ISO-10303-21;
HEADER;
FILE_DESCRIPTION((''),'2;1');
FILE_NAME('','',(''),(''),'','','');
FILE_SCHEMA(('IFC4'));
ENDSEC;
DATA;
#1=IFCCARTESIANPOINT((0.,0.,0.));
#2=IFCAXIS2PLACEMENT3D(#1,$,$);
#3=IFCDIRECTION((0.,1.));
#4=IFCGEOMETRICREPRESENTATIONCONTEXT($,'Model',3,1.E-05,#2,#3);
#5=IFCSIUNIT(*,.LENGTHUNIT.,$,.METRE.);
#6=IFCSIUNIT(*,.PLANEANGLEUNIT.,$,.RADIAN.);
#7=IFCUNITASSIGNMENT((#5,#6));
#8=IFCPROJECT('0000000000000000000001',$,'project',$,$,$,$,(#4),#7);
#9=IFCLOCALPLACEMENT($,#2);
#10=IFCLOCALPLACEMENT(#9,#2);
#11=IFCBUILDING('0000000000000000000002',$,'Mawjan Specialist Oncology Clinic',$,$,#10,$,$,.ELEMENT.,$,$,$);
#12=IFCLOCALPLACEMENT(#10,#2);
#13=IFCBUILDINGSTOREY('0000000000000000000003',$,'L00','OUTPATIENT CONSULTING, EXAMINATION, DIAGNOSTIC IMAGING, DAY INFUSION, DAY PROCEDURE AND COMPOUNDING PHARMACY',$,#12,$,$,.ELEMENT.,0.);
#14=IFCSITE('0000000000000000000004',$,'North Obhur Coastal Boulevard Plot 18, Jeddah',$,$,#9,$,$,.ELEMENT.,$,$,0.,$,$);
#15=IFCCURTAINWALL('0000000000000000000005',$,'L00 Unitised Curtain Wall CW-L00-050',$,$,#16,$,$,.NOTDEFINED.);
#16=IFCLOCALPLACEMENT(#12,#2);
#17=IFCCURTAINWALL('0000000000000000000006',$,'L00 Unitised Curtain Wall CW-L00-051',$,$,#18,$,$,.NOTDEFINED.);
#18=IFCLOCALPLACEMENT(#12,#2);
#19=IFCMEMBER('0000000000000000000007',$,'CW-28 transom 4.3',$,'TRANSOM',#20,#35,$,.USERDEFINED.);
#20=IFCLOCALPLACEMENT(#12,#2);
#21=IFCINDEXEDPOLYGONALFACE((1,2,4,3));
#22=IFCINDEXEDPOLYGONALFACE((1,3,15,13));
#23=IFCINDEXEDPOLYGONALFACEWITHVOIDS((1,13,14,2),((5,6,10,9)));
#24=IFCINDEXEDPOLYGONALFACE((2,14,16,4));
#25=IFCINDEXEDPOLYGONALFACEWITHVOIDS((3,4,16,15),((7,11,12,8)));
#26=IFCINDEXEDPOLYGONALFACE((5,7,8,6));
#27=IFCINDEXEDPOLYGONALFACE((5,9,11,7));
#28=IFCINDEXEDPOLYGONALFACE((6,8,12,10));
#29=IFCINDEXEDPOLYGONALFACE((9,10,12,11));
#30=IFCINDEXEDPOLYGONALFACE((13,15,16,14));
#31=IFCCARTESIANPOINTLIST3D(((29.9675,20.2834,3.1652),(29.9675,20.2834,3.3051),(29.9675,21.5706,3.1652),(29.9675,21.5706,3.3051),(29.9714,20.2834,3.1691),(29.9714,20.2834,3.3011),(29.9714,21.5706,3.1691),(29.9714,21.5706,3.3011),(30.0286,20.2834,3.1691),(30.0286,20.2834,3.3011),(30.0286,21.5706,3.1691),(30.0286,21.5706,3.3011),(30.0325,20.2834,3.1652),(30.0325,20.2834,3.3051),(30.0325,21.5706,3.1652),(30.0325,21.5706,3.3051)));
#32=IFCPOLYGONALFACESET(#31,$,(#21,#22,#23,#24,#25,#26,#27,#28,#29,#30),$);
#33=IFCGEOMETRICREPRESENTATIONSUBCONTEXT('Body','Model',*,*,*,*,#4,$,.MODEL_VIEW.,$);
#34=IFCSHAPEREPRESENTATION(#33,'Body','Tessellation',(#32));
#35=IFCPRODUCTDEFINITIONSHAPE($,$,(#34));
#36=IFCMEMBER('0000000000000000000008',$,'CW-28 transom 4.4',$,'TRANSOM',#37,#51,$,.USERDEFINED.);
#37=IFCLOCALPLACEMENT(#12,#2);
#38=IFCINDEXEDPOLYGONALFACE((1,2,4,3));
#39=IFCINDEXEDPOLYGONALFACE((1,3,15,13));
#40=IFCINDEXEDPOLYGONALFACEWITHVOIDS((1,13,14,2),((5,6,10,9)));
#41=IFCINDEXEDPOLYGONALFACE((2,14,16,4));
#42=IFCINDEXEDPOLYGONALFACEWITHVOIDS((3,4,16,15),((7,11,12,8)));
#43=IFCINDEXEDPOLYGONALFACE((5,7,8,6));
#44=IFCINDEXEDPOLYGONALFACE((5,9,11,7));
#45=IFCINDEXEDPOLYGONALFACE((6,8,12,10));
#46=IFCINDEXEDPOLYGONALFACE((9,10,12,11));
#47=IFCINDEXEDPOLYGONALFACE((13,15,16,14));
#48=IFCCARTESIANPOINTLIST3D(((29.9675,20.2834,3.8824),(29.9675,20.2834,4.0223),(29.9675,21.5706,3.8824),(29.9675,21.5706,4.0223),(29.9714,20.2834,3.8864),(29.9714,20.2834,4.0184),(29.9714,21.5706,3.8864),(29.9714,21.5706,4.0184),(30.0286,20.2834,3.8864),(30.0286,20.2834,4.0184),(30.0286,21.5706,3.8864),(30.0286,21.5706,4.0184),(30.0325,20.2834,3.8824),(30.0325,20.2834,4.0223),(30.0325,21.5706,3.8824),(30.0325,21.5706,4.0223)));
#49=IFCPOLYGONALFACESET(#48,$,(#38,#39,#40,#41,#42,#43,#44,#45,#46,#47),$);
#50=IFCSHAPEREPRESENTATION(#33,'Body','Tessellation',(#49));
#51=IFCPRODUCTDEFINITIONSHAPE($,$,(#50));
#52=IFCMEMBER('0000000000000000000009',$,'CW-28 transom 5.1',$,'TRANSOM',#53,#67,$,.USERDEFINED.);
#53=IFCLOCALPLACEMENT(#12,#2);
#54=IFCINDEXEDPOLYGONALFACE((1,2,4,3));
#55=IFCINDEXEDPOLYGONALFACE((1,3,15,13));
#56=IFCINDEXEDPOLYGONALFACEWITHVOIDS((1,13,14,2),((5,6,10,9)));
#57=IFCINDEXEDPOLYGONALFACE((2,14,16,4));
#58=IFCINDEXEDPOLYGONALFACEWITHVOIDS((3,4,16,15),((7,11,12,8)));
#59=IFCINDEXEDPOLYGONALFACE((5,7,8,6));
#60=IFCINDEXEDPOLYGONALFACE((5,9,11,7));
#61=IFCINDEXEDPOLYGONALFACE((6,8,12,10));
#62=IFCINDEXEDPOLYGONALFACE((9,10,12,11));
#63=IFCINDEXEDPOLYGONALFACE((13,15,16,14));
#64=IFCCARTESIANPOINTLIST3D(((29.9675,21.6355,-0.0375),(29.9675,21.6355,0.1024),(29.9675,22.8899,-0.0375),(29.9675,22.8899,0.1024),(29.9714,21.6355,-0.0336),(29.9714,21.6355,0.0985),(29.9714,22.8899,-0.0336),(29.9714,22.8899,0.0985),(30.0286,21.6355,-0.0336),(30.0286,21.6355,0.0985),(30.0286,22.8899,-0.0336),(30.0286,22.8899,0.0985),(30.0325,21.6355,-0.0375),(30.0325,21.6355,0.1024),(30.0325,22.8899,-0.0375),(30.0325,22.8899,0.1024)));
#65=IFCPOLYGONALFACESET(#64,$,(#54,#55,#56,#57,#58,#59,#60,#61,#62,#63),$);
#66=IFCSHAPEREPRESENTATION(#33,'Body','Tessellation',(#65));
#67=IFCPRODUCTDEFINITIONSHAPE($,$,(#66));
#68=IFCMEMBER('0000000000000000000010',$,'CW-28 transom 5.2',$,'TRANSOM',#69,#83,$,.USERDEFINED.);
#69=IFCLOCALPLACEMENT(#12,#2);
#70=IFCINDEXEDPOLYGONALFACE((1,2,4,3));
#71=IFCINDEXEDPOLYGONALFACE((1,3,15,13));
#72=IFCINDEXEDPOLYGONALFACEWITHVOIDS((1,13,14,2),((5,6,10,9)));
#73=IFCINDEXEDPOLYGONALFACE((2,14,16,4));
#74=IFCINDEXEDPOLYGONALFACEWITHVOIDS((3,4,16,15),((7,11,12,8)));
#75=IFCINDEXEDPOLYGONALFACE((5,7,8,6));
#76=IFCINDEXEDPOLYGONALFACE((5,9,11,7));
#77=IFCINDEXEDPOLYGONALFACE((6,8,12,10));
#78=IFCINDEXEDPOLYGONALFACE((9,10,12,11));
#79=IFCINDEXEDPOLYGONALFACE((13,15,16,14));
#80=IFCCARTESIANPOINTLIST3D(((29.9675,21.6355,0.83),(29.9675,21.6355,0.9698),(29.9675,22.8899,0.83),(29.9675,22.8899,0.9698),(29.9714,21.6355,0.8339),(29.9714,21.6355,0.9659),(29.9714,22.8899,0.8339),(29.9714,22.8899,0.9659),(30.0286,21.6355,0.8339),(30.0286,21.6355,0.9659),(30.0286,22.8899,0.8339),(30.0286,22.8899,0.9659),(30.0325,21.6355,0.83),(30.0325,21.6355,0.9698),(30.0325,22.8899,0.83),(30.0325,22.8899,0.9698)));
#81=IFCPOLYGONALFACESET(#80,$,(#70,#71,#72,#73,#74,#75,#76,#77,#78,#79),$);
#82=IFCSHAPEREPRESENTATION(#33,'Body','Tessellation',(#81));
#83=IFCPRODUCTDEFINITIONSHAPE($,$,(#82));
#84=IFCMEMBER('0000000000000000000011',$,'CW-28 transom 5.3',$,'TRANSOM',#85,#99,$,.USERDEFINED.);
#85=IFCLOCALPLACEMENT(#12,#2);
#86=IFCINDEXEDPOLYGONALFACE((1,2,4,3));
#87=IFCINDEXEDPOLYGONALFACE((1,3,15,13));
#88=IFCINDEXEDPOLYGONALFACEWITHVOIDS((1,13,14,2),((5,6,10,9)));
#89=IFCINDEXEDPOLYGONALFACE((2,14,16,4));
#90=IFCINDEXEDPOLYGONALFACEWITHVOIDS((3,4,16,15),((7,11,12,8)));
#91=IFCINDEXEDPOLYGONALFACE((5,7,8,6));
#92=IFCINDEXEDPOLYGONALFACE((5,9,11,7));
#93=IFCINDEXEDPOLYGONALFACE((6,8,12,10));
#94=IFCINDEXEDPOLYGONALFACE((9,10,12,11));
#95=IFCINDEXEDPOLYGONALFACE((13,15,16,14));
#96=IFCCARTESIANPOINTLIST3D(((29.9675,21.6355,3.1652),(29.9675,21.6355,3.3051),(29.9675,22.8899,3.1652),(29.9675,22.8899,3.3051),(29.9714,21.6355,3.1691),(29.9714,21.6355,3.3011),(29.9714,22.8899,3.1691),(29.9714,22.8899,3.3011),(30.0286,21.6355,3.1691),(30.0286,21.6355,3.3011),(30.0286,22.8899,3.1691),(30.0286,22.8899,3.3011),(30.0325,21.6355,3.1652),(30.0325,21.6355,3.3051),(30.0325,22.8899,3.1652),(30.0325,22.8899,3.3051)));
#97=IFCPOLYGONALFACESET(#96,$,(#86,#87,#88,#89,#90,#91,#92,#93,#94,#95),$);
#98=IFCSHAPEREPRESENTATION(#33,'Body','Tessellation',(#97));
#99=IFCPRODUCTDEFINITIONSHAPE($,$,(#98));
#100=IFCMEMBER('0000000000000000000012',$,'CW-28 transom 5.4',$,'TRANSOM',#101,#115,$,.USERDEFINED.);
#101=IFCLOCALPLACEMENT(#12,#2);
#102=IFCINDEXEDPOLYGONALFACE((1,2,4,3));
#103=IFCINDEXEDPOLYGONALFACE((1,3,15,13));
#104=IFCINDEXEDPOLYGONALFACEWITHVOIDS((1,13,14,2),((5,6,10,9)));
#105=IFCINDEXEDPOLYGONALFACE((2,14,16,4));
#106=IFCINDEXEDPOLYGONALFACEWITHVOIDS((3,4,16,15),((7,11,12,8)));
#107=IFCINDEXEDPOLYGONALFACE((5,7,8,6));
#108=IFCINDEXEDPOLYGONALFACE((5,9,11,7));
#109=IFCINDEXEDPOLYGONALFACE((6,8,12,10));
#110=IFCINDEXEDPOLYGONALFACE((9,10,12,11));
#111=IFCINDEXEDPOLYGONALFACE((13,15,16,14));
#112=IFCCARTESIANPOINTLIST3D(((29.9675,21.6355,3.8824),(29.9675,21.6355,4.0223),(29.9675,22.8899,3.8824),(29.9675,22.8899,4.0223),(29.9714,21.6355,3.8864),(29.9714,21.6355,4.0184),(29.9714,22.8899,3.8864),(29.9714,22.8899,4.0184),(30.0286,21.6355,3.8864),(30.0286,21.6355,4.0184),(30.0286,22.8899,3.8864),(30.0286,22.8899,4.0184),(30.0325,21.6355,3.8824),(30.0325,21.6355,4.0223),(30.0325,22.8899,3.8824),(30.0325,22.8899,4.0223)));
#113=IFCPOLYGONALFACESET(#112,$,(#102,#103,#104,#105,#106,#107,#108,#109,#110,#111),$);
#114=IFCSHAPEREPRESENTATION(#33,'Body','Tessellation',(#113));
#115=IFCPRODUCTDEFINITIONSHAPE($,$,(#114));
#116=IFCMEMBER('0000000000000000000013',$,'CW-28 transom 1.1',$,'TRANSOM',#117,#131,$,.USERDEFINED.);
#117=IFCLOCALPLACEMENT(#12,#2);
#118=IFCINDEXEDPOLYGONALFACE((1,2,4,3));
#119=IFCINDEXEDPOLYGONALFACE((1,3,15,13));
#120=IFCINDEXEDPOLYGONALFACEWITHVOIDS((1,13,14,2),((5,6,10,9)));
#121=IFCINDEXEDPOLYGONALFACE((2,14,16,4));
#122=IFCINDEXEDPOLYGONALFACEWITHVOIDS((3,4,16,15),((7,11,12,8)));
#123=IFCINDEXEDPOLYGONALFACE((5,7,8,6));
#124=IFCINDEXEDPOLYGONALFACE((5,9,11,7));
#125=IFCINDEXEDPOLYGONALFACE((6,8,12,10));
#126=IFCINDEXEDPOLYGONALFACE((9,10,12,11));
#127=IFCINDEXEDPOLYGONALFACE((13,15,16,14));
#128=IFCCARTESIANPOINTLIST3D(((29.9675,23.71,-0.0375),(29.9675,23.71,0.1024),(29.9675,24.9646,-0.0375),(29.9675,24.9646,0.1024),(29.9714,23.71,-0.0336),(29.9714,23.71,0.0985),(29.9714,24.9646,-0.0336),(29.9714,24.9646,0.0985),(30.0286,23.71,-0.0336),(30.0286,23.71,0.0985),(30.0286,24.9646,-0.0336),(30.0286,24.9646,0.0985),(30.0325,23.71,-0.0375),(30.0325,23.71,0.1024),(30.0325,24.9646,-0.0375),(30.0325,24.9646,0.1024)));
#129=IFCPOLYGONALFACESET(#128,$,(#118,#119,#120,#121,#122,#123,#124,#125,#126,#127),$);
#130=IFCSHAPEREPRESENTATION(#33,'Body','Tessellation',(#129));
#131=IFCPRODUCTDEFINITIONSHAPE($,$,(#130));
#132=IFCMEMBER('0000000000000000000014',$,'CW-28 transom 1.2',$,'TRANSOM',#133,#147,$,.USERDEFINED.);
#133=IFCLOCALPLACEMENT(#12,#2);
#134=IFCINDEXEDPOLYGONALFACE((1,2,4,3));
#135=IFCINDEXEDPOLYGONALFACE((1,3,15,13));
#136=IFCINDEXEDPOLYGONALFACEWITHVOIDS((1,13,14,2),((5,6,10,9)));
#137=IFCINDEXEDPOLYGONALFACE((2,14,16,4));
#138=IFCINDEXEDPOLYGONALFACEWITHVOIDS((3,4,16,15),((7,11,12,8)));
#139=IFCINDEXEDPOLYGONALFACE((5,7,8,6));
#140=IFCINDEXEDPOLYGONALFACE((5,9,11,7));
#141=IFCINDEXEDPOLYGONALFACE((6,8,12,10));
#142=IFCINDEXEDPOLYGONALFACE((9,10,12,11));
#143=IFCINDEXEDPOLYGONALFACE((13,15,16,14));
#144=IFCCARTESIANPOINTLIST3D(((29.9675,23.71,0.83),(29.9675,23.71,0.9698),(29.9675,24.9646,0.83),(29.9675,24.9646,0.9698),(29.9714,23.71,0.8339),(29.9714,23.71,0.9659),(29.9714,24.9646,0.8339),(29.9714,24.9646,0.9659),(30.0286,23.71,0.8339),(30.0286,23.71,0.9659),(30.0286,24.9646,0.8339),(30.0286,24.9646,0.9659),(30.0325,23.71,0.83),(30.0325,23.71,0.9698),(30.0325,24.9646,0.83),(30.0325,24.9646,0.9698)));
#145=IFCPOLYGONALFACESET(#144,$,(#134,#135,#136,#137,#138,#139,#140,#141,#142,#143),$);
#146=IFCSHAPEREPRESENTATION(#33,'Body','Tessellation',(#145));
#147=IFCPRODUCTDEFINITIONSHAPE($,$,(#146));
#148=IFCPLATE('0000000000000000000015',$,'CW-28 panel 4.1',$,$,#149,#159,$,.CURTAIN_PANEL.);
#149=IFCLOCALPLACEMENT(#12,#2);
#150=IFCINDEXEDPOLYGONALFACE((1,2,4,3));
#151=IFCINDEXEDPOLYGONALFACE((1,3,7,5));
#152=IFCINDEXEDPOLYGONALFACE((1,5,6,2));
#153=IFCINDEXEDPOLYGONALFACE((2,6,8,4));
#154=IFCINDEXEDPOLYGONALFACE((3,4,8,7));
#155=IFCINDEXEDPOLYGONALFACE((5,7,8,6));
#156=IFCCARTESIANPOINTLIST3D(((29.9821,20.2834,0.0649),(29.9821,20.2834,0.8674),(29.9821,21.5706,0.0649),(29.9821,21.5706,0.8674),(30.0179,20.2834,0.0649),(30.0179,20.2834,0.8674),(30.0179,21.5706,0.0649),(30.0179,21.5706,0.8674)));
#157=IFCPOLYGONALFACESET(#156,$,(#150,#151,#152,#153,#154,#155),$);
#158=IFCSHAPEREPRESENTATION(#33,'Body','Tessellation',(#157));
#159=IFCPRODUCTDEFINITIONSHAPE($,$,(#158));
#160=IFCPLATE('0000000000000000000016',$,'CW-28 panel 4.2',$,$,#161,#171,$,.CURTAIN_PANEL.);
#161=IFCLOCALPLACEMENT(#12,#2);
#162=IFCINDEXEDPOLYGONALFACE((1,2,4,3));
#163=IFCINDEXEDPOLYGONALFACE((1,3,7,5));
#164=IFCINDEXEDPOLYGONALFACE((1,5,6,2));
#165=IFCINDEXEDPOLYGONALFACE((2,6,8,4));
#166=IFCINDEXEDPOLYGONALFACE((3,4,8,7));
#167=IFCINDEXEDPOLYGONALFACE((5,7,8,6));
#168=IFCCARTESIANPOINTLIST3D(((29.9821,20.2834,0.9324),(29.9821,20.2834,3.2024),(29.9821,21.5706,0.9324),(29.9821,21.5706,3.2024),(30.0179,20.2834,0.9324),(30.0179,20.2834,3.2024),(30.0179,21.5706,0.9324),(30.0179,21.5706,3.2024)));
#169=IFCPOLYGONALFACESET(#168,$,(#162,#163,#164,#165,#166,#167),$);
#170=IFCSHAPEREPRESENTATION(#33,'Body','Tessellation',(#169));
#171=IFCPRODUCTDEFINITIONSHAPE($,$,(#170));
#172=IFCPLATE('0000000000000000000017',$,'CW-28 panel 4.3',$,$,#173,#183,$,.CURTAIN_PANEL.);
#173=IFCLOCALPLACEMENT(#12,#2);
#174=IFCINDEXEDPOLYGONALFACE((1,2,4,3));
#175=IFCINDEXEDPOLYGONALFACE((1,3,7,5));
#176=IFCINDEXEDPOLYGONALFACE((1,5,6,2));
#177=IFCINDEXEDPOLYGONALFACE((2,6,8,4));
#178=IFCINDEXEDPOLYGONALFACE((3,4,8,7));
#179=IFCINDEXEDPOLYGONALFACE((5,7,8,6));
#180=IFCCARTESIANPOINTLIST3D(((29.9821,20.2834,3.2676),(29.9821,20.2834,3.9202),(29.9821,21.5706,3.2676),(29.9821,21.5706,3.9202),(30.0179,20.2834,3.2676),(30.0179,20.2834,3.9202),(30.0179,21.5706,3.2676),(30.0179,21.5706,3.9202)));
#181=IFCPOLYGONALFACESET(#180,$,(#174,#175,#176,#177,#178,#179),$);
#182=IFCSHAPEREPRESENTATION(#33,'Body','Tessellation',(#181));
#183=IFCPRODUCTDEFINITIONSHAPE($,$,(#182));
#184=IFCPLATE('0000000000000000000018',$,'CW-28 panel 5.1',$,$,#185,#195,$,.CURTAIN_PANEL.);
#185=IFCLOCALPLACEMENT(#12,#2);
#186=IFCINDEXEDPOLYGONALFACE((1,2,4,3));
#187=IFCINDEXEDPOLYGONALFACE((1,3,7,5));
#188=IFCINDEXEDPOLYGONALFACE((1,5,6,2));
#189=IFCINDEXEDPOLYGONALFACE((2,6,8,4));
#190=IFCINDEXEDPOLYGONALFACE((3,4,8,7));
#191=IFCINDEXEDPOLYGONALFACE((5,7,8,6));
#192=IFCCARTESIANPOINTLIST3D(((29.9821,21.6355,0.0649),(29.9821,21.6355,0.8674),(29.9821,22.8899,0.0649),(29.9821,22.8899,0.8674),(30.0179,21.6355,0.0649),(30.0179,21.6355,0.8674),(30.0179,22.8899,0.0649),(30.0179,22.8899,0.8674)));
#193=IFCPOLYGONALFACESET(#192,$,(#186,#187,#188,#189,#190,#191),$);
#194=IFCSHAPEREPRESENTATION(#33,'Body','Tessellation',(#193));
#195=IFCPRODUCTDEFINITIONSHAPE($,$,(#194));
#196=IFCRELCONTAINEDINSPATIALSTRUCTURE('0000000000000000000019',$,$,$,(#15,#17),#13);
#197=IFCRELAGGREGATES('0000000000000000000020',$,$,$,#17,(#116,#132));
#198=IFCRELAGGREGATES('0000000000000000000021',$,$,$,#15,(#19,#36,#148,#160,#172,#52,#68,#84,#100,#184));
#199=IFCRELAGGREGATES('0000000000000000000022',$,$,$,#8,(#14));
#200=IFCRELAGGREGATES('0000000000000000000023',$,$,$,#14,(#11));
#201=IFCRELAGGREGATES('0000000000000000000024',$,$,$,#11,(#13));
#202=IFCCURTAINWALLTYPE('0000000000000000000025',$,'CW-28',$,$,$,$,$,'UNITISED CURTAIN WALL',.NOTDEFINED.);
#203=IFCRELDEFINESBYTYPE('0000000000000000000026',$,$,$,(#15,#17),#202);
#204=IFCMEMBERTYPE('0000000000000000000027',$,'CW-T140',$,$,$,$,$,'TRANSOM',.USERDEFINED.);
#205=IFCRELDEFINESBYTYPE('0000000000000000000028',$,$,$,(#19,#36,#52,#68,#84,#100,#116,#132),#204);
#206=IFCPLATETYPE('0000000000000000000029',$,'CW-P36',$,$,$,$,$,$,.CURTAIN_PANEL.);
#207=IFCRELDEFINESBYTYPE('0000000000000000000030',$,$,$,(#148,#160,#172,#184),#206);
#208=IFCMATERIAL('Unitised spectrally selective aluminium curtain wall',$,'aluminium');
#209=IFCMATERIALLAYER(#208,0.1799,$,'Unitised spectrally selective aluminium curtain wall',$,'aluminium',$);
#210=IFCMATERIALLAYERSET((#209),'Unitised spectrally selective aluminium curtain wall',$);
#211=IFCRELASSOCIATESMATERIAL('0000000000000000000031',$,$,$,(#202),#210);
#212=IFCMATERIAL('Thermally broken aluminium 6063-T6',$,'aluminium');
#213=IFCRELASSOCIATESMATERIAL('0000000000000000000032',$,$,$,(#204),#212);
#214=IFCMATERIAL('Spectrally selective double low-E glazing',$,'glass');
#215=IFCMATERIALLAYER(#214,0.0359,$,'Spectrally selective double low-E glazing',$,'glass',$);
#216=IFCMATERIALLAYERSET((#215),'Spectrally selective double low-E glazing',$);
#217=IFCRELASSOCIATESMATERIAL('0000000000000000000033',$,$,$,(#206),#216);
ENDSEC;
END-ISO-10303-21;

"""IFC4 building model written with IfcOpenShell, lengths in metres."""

from ifc_helpers import new_model, si_unit, direction, frame, origin, origin_2d, place, context, subcontext, project, spatial, rectangle, hollow_rectangle, extrude, material, layer, layer_set, material_profile, profile_set, type_object, element, aggregate, save


model = new_model("IFC4")

# Units and contexts
model_context = context("Model", 3, precision=1e-05, world=origin(), true_north=direction((0.0, 1.0)))
body_context = subcontext(model_context, "Body", "Model", "MODEL_VIEW")
ifc_project = project(units=[si_unit("LENGTHUNIT", "METRE"), si_unit("PLANEANGLEUNIT", "RADIAN")], contexts=[model_context])

# Site, building, storey
site_placement = place(None, origin())
site = spatial("IfcSite", under=ifc_project, at=site_placement, Name="North Obhur Coastal Boulevard Plot 18, Jeddah", CompositionType="ELEMENT", RefElevation=0.0)
building_placement = place(site_placement, origin())
building = spatial("IfcBuilding", under=site, at=building_placement, Name="Mawjan Specialist Oncology Clinic", CompositionType="ELEMENT")
storey_placement = place(building_placement, origin())
storey = spatial("IfcBuildingStorey", under=building, at=storey_placement, Name="L00", Description="OUTPATIENT CONSULTING, EXAMINATION, DIAGNOSTIC IMAGING, DAY INFUSION, DAY PROCEDURE AND COMPOUNDING PHARMACY", CompositionType="ELEMENT", Elevation=0.0)

# Curtain wall
ifc_material_1 = material(Name="Unitised spectrally selective aluminium curtain wall", Category="aluminium")
ifc_layer_1 = layer(ifc_material_1, 0.1799, Name="Unitised spectrally selective aluminium curtain wall", Category="aluminium")
ifc_layer_set_1 = layer_set([ifc_layer_1], Name="Unitised spectrally selective aluminium curtain wall")
curtain_wall_type = type_object("IfcCurtainWallType", Name="CW-28", ElementType="UNITISED CURTAIN WALL", PredefinedType="NOTDEFINED", material=ifc_layer_set_1)
curtain_wall_1_placement = place(storey_placement, origin())
curtain_wall_1 = element("IfcCurtainWall", 1, at=curtain_wall_1_placement, inside=storey, type_object=curtain_wall_type, Name="L00 Unitised Curtain Wall CW-L00-050", PredefinedType="NOTDEFINED")

# Curtain wall
curtain_wall_2_placement = place(storey_placement, origin())
curtain_wall_2 = element("IfcCurtainWall", 2, at=curtain_wall_2_placement, inside=storey, type_object=curtain_wall_type, Name="L00 Unitised Curtain Wall CW-L00-051", PredefinedType="NOTDEFINED")

# Members
ifc_material_2 = material(Name="Thermally broken aluminium 6063-T6", Category="aluminium")
ifc_material_profile_1 = material_profile(ifc_material_2, hollow_rectangle(XDim=0.0649, YDim=0.1399, WallThickness=0.0039, at=origin_2d()), Name="ALU TRANSOM 140x65x4", Category="aluminium")
ifc_profile_set_1 = profile_set([ifc_material_profile_1], Name="Thermally broken aluminium 6063-T6")
member_type_1 = type_object("IfcMemberType", Name="CW-T140", ElementType="TRANSOM", PredefinedType="USERDEFINED", material=ifc_profile_set_1)
member_1_placement = place(storey_placement, frame((30.0, 20.2834, 3.2351), z_axis=(0.0, 1.0, 0.0), x_axis=(-1.0, 0.0, 0.0)))
member_1 = element("IfcMember", 3, at=member_1_placement, type_object=member_type_1, Name="CW-28 transom 4.3", ObjectType="TRANSOM", PredefinedType="USERDEFINED", context=body_context, shape_type="SweptSolid", body=[
    extrude(hollow_rectangle(XDim=0.0649, YDim=0.1399, WallThickness=0.0039, at=origin_2d()), origin(), (0.0, 0.0, 1.0), 1.2871),
])
member_2_placement = place(storey_placement, frame((30.0, 20.2834, 3.9524), z_axis=(0.0, 1.0, 0.0), x_axis=(-1.0, 0.0, 0.0)))
member_2 = element("IfcMember", 4, at=member_2_placement, type_object=member_type_1, Name="CW-28 transom 4.4", ObjectType="TRANSOM", PredefinedType="USERDEFINED", context=body_context, shape_type="SweptSolid", body=[
    extrude(hollow_rectangle(XDim=0.0649, YDim=0.1399, WallThickness=0.0039, at=origin_2d()), origin(), (0.0, 0.0, 1.0), 1.2871),
])
member_3_placement = place(storey_placement, frame((30.0, 21.6355, 0.0325), z_axis=(0.0, 1.0, 0.0), x_axis=(-1.0, 0.0, 0.0)))
member_3 = element("IfcMember", 5, at=member_3_placement, type_object=member_type_1, Name="CW-28 transom 5.1", ObjectType="TRANSOM", PredefinedType="USERDEFINED", context=body_context, shape_type="SweptSolid", body=[
    extrude(hollow_rectangle(XDim=0.0649, YDim=0.1399, WallThickness=0.0039, at=origin_2d()), origin(), (0.0, 0.0, 1.0), 1.2544),
])
member_4_placement = place(storey_placement, frame((30.0, 21.6355, 0.8999), z_axis=(0.0, 1.0, 0.0), x_axis=(-1.0, 0.0, 0.0)))
member_4 = element("IfcMember", 6, at=member_4_placement, type_object=member_type_1, Name="CW-28 transom 5.2", ObjectType="TRANSOM", PredefinedType="USERDEFINED", context=body_context, shape_type="SweptSolid", body=[
    extrude(hollow_rectangle(XDim=0.0649, YDim=0.1399, WallThickness=0.0039, at=origin_2d()), origin(), (0.0, 0.0, 1.0), 1.2544),
])
member_5_placement = place(storey_placement, frame((30.0, 21.6355, 3.2351), z_axis=(0.0, 1.0, 0.0), x_axis=(-1.0, 0.0, 0.0)))
member_5 = element("IfcMember", 7, at=member_5_placement, type_object=member_type_1, Name="CW-28 transom 5.3", ObjectType="TRANSOM", PredefinedType="USERDEFINED", context=body_context, shape_type="SweptSolid", body=[
    extrude(hollow_rectangle(XDim=0.0649, YDim=0.1399, WallThickness=0.0039, at=origin_2d()), origin(), (0.0, 0.0, 1.0), 1.2544),
])
member_6_placement = place(storey_placement, frame((30.0, 21.6355, 3.9524), z_axis=(0.0, 1.0, 0.0), x_axis=(-1.0, 0.0, 0.0)))
member_6 = element("IfcMember", 8, at=member_6_placement, type_object=member_type_1, Name="CW-28 transom 5.4", ObjectType="TRANSOM", PredefinedType="USERDEFINED", context=body_context, shape_type="SweptSolid", body=[
    extrude(hollow_rectangle(XDim=0.0649, YDim=0.1399, WallThickness=0.0039, at=origin_2d()), origin(), (0.0, 0.0, 1.0), 1.2544),
])
member_7_placement = place(storey_placement, frame((30.0, 23.71, 0.0325), z_axis=(0.0, 1.0, 0.0), x_axis=(-1.0, 0.0, 0.0)))
member_7 = element("IfcMember", 9, at=member_7_placement, type_object=member_type_1, Name="CW-28 transom 1.1", ObjectType="TRANSOM", PredefinedType="USERDEFINED", context=body_context, shape_type="SweptSolid", body=[
    extrude(hollow_rectangle(XDim=0.0649, YDim=0.1399, WallThickness=0.0039, at=origin_2d()), origin(), (0.0, 0.0, 1.0), 1.2546),
])
member_8_placement = place(storey_placement, frame((30.0, 23.71, 0.8999), z_axis=(0.0, 1.0, 0.0), x_axis=(-1.0, 0.0, 0.0)))
member_8 = element("IfcMember", 10, at=member_8_placement, type_object=member_type_1, Name="CW-28 transom 1.2", ObjectType="TRANSOM", PredefinedType="USERDEFINED", context=body_context, shape_type="SweptSolid", body=[
    extrude(hollow_rectangle(XDim=0.0649, YDim=0.1399, WallThickness=0.0039, at=origin_2d()), origin(), (0.0, 0.0, 1.0), 1.2546),
])
aggregate(curtain_wall_2, [member_7, member_8])

# Plates
ifc_material_3 = material(Name="Spectrally selective double low-E glazing", Category="glass")
ifc_layer_2 = layer(ifc_material_3, 0.0359, Name="Spectrally selective double low-E glazing", Category="glass")
ifc_layer_set_2 = layer_set([ifc_layer_2], Name="Spectrally selective double low-E glazing")
plate_type = type_object("IfcPlateType", Name="CW-P36", PredefinedType="CURTAIN_PANEL", material=ifc_layer_set_2)
plate_1_placement = place(storey_placement, frame((30.0, 20.927, 0.0649), z_axis=(0.0, 0.0, 1.0), x_axis=(0.0, 1.0, 0.0)))
plate_1 = element("IfcPlate", 11, at=plate_1_placement, type_object=plate_type, Name="CW-28 panel 4.1", PredefinedType="CURTAIN_PANEL", context=body_context, shape_type="SweptSolid", body=[
    extrude(rectangle(XDim=1.2871, YDim=0.0359, at=origin_2d()), origin(), (0.0, 0.0, 1.0), 0.8025),
])
plate_2_placement = place(storey_placement, frame((30.0, 20.927, 0.9324), z_axis=(0.0, 0.0, 1.0), x_axis=(0.0, 1.0, 0.0)))
plate_2 = element("IfcPlate", 12, at=plate_2_placement, type_object=plate_type, Name="CW-28 panel 4.2", PredefinedType="CURTAIN_PANEL", context=body_context, shape_type="SweptSolid", body=[
    extrude(rectangle(XDim=1.2871, YDim=0.0359, at=origin_2d()), origin(), (0.0, 0.0, 1.0), 2.27),
])
plate_3_placement = place(storey_placement, frame((30.0, 20.927, 3.2676), z_axis=(0.0, 0.0, 1.0), x_axis=(0.0, 1.0, 0.0)))
plate_3 = element("IfcPlate", 13, at=plate_3_placement, type_object=plate_type, Name="CW-28 panel 4.3", PredefinedType="CURTAIN_PANEL", context=body_context, shape_type="SweptSolid", body=[
    extrude(rectangle(XDim=1.2871, YDim=0.0359, at=origin_2d()), origin(), (0.0, 0.0, 1.0), 0.6526),
])
plate_4_placement = place(storey_placement, frame((30.0, 22.2627, 0.0649), z_axis=(0.0, 0.0, 1.0), x_axis=(0.0, 1.0, 0.0)))
plate_4 = element("IfcPlate", 14, at=plate_4_placement, type_object=plate_type, Name="CW-28 panel 5.1", PredefinedType="CURTAIN_PANEL", context=body_context, shape_type="SweptSolid", body=[
    extrude(rectangle(XDim=1.2544, YDim=0.0359, at=origin_2d()), origin(), (0.0, 0.0, 1.0), 0.8025),
])
aggregate(curtain_wall_1, [member_1, member_2, plate_1, plate_2, plate_3, member_3, member_4, member_5, member_6, plate_4])

save(model, "model.ifc")
